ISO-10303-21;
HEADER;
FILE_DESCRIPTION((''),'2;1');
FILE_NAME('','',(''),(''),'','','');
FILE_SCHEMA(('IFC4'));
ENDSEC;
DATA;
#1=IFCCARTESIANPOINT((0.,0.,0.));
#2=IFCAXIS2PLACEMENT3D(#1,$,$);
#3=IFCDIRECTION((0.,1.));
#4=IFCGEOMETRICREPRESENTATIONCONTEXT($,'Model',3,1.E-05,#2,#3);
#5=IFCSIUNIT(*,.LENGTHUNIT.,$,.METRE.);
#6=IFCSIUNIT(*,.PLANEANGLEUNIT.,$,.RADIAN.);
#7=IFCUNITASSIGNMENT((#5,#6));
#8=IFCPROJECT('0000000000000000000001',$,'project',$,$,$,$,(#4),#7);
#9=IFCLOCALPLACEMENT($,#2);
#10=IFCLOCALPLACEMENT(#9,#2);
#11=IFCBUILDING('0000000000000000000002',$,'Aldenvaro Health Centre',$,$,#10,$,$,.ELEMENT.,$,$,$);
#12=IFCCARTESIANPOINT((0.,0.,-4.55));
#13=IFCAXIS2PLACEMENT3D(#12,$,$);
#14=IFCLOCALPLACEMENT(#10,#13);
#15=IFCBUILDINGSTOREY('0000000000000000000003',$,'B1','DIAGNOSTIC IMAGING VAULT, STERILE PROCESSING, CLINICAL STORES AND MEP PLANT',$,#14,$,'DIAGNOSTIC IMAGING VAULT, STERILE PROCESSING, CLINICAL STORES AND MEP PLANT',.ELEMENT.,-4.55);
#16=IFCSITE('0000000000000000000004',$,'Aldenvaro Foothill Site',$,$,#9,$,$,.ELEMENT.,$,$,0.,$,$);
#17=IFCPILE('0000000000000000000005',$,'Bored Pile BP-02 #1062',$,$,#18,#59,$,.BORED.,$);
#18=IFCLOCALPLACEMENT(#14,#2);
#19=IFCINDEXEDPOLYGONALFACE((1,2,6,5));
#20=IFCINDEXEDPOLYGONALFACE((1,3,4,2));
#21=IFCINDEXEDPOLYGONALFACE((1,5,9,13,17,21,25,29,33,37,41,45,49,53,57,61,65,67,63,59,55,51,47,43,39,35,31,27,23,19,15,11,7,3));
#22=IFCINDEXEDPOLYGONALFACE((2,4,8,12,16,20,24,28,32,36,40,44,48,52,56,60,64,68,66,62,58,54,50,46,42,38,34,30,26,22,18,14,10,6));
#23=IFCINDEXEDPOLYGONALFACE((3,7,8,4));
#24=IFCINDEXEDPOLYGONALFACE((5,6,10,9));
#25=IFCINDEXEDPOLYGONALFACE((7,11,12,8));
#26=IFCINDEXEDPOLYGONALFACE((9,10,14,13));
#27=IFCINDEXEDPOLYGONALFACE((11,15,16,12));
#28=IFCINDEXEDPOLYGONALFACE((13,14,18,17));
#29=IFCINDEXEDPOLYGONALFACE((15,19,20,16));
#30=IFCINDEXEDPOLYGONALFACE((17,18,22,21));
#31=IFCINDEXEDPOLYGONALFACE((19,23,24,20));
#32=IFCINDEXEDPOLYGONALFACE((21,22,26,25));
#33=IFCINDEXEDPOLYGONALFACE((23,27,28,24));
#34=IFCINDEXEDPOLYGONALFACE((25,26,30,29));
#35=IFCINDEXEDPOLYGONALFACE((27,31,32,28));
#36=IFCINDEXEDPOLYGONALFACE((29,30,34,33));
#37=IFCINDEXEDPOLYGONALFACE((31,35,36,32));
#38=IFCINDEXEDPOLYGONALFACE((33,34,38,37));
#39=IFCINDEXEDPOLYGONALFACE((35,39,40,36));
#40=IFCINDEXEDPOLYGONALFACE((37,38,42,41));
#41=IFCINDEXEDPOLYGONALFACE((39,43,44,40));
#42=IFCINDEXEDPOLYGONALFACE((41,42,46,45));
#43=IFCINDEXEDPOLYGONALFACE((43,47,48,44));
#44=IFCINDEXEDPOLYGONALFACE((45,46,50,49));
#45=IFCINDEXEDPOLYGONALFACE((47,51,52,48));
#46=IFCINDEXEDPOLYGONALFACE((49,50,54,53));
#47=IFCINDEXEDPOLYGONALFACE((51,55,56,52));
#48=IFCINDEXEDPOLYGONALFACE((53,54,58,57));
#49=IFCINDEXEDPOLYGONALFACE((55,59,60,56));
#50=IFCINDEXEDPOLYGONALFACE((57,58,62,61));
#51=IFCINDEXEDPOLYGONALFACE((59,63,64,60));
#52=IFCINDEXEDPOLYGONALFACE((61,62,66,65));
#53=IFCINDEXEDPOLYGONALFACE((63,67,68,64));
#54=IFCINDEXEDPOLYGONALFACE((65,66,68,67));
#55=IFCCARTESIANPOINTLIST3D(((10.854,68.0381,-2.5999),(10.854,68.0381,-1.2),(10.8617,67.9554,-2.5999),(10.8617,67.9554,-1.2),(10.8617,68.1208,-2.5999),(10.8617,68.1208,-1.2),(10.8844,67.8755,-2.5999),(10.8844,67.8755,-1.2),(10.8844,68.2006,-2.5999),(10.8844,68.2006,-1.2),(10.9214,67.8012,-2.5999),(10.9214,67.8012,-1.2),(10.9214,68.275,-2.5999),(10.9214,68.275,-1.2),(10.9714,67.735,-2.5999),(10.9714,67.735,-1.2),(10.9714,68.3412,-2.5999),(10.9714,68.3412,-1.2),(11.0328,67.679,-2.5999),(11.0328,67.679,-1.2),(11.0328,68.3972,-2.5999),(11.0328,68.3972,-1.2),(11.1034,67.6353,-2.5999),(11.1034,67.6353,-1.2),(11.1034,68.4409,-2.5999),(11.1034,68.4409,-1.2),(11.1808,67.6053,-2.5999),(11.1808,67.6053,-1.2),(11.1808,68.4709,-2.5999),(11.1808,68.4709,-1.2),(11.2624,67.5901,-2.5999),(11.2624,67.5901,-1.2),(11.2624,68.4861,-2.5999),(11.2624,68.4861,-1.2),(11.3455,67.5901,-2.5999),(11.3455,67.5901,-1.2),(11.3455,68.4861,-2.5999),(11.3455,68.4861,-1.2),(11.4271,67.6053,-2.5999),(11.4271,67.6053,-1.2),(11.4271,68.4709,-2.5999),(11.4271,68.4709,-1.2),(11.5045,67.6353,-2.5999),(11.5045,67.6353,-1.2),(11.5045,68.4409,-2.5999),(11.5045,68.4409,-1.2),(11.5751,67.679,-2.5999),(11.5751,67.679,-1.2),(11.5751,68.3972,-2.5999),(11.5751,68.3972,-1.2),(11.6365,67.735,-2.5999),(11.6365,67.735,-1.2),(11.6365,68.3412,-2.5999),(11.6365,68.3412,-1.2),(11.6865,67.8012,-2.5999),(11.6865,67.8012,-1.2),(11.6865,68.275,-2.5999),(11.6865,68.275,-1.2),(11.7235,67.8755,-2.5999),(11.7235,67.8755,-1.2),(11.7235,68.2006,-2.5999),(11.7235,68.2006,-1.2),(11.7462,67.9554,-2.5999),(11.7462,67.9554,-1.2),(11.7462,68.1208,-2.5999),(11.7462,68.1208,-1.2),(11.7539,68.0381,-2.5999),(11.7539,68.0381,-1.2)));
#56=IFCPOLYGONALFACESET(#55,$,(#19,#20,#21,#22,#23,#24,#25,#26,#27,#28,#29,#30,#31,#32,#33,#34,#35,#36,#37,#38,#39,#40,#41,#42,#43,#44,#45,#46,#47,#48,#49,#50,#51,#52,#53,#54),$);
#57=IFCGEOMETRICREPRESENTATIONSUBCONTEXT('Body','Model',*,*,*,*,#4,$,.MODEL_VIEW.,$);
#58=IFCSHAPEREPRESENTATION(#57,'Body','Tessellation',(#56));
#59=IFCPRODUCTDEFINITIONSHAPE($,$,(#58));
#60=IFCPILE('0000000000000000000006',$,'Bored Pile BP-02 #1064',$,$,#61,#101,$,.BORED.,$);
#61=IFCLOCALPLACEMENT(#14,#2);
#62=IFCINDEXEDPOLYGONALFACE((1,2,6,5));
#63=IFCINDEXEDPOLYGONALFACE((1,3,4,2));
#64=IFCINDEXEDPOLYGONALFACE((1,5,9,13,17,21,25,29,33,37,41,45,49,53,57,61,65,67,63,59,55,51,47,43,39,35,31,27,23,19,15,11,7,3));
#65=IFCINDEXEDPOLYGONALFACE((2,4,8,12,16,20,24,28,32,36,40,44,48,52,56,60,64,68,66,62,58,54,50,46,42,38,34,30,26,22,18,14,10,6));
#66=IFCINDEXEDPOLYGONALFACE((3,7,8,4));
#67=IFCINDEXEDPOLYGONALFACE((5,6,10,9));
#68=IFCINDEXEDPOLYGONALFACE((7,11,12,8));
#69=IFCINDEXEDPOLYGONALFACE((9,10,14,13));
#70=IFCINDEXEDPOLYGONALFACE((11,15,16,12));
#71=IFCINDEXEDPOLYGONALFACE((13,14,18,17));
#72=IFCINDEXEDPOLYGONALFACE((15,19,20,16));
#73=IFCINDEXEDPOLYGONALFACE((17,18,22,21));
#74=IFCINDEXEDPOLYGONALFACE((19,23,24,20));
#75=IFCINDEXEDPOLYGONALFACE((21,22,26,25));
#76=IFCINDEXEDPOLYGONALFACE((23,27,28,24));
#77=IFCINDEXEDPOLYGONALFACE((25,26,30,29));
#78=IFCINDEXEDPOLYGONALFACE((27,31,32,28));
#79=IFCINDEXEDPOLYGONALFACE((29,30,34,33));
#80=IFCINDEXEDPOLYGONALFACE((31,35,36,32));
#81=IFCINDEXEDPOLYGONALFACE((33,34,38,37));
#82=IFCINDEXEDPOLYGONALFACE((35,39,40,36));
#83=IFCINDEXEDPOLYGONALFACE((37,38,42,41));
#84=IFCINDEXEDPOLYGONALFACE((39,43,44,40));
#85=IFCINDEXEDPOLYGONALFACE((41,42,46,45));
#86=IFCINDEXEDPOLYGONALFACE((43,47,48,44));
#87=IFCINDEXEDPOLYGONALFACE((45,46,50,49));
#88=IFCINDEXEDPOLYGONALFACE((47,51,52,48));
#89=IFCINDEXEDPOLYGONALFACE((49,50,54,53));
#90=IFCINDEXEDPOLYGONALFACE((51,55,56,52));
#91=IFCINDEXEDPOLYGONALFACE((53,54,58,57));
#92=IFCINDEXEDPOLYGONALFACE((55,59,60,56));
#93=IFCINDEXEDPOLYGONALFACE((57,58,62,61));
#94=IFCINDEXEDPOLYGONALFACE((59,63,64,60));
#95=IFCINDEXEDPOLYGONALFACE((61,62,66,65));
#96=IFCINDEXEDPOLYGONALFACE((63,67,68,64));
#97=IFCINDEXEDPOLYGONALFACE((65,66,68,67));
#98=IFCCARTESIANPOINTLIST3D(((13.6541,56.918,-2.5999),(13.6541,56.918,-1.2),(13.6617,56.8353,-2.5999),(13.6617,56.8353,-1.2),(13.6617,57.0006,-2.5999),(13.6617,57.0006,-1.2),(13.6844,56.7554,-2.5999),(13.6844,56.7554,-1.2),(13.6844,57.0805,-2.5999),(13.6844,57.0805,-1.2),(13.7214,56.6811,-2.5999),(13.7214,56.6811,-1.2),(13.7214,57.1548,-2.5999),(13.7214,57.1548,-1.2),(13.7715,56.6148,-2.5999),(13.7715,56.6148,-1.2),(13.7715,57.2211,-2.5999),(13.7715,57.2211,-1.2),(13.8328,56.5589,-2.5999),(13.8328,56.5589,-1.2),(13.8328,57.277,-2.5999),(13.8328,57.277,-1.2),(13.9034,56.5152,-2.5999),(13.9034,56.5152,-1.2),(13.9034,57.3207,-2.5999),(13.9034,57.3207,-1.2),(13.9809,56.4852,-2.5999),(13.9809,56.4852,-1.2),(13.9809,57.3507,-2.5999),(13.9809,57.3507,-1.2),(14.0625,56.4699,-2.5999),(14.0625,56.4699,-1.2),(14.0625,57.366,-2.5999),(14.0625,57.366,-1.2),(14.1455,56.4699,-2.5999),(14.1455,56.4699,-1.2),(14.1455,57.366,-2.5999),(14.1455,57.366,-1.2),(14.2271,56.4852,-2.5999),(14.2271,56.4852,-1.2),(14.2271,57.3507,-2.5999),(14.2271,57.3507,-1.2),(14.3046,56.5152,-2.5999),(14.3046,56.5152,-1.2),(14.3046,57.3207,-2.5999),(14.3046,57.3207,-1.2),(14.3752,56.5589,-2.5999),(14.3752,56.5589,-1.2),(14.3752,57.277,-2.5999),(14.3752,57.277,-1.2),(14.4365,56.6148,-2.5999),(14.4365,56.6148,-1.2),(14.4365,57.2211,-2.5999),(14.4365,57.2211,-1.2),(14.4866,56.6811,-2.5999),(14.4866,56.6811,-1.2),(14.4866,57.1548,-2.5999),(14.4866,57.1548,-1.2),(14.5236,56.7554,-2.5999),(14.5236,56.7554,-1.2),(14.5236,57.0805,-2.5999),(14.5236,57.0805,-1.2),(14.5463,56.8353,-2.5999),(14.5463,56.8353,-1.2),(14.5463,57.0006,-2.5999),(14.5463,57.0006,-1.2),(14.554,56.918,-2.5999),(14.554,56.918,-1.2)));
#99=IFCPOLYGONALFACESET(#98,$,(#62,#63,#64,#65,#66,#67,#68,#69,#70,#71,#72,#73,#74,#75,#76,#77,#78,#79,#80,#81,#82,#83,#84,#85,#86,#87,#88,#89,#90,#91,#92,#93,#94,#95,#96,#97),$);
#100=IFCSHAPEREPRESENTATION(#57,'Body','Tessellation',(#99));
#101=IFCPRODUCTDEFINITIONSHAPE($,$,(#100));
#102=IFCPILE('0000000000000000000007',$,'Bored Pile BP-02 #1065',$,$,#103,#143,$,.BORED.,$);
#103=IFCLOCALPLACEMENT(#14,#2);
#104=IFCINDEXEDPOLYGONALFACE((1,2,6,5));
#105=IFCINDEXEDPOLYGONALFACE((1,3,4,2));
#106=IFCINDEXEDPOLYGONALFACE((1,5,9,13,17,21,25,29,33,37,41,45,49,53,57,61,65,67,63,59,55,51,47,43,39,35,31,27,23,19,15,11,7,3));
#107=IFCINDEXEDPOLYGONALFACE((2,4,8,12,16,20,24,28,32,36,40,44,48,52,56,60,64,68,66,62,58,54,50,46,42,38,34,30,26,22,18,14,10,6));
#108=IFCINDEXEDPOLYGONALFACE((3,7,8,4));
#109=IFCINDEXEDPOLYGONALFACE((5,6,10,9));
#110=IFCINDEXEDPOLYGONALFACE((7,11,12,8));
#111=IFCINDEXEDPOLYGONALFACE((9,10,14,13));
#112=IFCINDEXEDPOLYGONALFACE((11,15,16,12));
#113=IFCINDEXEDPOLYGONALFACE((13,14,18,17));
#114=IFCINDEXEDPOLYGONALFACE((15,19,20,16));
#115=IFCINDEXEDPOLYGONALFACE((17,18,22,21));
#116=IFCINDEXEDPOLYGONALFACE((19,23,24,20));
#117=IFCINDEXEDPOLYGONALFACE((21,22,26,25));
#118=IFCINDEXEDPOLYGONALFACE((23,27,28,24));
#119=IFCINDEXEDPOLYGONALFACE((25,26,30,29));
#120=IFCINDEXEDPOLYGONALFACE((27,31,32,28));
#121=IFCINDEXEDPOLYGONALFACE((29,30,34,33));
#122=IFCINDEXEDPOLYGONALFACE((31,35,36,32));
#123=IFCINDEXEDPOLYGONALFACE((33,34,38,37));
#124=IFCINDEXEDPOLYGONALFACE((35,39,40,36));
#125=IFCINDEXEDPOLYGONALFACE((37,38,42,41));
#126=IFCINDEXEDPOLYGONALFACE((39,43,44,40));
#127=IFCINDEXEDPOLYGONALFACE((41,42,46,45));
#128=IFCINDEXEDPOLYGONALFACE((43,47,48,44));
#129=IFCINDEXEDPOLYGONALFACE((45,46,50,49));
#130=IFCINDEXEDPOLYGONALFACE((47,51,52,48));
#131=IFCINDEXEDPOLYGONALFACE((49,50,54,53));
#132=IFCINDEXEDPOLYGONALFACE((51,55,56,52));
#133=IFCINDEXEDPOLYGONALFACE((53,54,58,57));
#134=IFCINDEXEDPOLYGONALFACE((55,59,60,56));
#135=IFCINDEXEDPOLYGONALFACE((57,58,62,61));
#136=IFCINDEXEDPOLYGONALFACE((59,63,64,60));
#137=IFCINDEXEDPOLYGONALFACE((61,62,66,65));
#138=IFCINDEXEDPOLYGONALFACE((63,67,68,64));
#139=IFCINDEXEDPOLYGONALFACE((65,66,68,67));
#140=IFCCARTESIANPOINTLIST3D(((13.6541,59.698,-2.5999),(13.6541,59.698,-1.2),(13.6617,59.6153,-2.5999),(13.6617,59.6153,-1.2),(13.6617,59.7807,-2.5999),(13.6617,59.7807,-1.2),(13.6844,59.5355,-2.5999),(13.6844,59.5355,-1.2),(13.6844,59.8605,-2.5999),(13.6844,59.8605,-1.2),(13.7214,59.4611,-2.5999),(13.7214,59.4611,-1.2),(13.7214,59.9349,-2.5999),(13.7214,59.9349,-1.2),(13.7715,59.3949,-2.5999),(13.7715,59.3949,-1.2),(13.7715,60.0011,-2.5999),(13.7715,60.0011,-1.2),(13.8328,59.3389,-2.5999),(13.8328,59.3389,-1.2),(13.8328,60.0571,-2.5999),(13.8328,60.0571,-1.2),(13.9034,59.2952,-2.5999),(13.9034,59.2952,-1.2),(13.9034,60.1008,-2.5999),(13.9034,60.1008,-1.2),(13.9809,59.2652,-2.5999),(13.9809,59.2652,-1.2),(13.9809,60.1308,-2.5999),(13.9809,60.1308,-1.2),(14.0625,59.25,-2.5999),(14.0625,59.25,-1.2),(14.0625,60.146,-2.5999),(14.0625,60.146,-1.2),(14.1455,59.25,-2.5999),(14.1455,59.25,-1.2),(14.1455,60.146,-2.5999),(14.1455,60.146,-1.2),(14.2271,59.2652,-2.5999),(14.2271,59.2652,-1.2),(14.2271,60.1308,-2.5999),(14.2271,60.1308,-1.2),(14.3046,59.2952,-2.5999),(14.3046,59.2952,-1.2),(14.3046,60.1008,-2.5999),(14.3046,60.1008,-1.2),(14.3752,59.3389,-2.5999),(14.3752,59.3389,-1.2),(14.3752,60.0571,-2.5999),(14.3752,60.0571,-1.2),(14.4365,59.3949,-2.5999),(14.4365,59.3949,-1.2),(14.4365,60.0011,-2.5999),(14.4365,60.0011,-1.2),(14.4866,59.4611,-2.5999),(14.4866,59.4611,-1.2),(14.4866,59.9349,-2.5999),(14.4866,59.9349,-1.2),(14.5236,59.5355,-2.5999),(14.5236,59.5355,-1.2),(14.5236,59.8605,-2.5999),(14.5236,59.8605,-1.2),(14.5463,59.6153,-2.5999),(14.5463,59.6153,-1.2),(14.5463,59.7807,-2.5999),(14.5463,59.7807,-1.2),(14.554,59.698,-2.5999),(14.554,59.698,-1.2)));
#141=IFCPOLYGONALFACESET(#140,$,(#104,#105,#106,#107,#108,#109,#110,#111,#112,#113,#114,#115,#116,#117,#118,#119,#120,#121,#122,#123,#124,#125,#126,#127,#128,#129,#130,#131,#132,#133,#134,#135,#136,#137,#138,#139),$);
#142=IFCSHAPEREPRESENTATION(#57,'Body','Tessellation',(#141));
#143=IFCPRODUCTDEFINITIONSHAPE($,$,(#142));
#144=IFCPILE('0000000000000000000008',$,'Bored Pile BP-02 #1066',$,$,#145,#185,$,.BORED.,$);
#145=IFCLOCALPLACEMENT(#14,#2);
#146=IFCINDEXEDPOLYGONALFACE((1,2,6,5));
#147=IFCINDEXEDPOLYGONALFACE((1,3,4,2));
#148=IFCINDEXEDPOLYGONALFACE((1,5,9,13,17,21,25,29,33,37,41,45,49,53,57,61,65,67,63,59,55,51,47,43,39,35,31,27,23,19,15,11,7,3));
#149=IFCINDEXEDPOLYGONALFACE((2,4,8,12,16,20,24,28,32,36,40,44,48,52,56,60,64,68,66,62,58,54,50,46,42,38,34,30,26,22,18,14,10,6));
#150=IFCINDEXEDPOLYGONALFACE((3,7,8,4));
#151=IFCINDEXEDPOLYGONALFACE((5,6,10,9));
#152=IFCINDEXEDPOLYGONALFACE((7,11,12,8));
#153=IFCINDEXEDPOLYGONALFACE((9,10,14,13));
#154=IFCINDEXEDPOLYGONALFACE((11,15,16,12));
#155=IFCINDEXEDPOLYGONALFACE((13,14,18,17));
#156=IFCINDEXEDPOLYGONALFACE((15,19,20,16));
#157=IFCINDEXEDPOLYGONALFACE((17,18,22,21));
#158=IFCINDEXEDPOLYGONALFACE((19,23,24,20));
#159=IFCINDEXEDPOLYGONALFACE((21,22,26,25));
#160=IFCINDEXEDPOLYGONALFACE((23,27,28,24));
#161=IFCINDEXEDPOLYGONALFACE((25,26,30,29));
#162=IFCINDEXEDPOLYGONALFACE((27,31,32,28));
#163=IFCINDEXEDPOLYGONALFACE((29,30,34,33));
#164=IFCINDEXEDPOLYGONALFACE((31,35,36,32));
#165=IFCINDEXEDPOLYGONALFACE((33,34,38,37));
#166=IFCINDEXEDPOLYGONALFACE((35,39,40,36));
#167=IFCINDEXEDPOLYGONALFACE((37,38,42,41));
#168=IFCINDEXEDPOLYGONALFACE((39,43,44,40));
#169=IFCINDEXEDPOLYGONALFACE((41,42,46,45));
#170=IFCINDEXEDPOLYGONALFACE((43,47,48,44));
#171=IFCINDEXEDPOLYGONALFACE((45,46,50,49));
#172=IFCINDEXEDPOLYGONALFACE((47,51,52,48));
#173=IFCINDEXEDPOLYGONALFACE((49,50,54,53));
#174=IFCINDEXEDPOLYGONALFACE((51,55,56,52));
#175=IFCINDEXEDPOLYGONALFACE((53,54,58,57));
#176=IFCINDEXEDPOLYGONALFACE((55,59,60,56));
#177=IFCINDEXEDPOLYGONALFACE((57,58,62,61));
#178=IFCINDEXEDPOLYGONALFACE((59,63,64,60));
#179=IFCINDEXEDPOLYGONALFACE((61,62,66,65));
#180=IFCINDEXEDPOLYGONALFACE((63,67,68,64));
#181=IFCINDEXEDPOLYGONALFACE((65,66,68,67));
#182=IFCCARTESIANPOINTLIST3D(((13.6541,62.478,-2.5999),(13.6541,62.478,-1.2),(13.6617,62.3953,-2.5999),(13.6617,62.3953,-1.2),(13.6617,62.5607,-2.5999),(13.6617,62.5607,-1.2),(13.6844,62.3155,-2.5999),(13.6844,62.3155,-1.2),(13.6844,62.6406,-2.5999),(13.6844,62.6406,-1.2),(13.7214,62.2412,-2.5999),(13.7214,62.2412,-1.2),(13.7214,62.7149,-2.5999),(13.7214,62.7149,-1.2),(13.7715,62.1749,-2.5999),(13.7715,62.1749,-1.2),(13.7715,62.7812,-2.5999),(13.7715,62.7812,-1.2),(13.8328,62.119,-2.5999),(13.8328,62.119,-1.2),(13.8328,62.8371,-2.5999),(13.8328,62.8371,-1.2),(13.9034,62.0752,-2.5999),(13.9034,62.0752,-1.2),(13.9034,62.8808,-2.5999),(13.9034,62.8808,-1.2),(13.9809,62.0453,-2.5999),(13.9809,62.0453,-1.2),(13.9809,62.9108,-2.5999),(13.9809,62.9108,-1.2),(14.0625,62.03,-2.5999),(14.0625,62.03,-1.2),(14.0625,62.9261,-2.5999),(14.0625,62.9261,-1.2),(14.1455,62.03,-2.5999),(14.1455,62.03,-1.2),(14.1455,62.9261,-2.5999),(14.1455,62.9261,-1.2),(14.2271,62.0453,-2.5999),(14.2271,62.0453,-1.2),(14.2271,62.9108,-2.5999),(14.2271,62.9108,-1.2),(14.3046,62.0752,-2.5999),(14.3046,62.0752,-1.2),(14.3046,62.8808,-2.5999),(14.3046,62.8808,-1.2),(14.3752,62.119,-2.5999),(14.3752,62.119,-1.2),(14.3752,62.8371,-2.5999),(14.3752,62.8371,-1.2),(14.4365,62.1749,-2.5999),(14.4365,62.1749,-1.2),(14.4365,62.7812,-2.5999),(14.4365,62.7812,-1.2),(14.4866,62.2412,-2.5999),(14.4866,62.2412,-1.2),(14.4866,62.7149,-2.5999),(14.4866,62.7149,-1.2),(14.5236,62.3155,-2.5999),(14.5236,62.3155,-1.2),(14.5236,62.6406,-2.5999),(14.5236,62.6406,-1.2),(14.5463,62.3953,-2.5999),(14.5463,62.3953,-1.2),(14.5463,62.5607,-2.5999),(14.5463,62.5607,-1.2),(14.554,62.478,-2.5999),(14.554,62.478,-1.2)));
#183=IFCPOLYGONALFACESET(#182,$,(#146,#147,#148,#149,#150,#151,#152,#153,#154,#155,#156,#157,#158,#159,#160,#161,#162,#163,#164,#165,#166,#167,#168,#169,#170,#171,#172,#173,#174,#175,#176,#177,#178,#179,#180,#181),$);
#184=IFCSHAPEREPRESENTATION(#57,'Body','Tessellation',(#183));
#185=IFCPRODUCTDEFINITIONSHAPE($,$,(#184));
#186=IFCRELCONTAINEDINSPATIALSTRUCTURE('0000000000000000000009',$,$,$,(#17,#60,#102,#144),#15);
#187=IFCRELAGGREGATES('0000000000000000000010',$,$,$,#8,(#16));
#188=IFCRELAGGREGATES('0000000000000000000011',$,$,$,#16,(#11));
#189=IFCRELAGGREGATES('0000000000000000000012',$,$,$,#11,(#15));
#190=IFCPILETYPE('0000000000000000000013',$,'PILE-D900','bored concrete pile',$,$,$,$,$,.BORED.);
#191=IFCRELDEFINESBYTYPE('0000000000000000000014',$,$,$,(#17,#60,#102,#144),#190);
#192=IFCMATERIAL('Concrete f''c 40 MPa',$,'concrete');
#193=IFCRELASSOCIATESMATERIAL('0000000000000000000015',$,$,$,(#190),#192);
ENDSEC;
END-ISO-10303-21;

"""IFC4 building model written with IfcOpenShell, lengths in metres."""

from ifc_helpers import new_model, si_unit, direction, frame, origin, origin_2d, place, context, subcontext, project, spatial, circle, extrude, material, material_profile, profile_set, type_object, element, save


model = new_model("IFC4")

# Units and contexts
model_context = context("Model", 3, precision=1e-05, world=origin(), true_north=direction((0.0, 1.0)))
body_context = subcontext(model_context, "Body", "Model", "MODEL_VIEW")
ifc_project = project(units=[si_unit("LENGTHUNIT", "METRE"), si_unit("PLANEANGLEUNIT", "RADIAN")], contexts=[model_context])

# Site, building, storey
site_placement = place(None, origin())
site = spatial("IfcSite", under=ifc_project, at=site_placement, Name="Aldenvaro Foothill Site", CompositionType="ELEMENT", RefElevation=0.0)
building_placement = place(site_placement, origin())
building = spatial("IfcBuilding", under=site, at=building_placement, Name="Aldenvaro Health Centre", CompositionType="ELEMENT")
storey_placement = place(building_placement, frame((0.0, 0.0, -4.55)))
storey = spatial("IfcBuildingStorey", under=building, at=storey_placement, Name="B1", Description="DIAGNOSTIC IMAGING VAULT, STERILE PROCESSING, CLINICAL STORES AND MEP PLANT", LongName="DIAGNOSTIC IMAGING VAULT, STERILE PROCESSING, CLINICAL STORES AND MEP PLANT", CompositionType="ELEMENT", Elevation=-4.55)

# Piles
ifc_material_1 = material(Name="Concrete f'c 40 MPa", Category="concrete")
ifc_material_profile_1 = material_profile(ifc_material_1, circle(Radius=0.45, at=origin_2d()), Name="PILE D900", Category="concrete")
ifc_profile_set_1 = profile_set([ifc_material_profile_1], Name="Concrete f'c 40 MPa")
pile_type_1 = type_object("IfcPileType", Name="PILE-D900", Description="bored concrete pile", PredefinedType="BORED", material=ifc_profile_set_1)
for number, where, z_axis, x_axis, name in (
    (1, (11.304, 68.0381, -1.2), (0.0, 0.0, -1.0), (1.0, 0.0, 0.0), "Bored Pile BP-02 #1062"),
    (2, (14.104, 56.918, -1.2), (0.0, 0.0, -1.0), (1.0, 0.0, 0.0), "Bored Pile BP-02 #1064"),
    (3, (14.104, 59.698, -1.2), (0.0, 0.0, -1.0), (1.0, 0.0, 0.0), "Bored Pile BP-02 #1065"),
    (4, (14.104, 62.478, -1.2), (0.0, 0.0, -1.0), (1.0, 0.0, 0.0), "Bored Pile BP-02 #1066"),
):
    element("IfcPile", number, at=place(storey_placement, frame(where, z_axis=z_axis, x_axis=x_axis)), inside=storey, type_object=pile_type_1, Name=name, PredefinedType="BORED", context=body_context, shape_type="SweptSolid", body=[
        extrude(circle(Radius=0.45, at=origin_2d()), origin(), (0.0, 0.0, 1.0), 1.3999),
    ])

save(model, "model.ifc")
